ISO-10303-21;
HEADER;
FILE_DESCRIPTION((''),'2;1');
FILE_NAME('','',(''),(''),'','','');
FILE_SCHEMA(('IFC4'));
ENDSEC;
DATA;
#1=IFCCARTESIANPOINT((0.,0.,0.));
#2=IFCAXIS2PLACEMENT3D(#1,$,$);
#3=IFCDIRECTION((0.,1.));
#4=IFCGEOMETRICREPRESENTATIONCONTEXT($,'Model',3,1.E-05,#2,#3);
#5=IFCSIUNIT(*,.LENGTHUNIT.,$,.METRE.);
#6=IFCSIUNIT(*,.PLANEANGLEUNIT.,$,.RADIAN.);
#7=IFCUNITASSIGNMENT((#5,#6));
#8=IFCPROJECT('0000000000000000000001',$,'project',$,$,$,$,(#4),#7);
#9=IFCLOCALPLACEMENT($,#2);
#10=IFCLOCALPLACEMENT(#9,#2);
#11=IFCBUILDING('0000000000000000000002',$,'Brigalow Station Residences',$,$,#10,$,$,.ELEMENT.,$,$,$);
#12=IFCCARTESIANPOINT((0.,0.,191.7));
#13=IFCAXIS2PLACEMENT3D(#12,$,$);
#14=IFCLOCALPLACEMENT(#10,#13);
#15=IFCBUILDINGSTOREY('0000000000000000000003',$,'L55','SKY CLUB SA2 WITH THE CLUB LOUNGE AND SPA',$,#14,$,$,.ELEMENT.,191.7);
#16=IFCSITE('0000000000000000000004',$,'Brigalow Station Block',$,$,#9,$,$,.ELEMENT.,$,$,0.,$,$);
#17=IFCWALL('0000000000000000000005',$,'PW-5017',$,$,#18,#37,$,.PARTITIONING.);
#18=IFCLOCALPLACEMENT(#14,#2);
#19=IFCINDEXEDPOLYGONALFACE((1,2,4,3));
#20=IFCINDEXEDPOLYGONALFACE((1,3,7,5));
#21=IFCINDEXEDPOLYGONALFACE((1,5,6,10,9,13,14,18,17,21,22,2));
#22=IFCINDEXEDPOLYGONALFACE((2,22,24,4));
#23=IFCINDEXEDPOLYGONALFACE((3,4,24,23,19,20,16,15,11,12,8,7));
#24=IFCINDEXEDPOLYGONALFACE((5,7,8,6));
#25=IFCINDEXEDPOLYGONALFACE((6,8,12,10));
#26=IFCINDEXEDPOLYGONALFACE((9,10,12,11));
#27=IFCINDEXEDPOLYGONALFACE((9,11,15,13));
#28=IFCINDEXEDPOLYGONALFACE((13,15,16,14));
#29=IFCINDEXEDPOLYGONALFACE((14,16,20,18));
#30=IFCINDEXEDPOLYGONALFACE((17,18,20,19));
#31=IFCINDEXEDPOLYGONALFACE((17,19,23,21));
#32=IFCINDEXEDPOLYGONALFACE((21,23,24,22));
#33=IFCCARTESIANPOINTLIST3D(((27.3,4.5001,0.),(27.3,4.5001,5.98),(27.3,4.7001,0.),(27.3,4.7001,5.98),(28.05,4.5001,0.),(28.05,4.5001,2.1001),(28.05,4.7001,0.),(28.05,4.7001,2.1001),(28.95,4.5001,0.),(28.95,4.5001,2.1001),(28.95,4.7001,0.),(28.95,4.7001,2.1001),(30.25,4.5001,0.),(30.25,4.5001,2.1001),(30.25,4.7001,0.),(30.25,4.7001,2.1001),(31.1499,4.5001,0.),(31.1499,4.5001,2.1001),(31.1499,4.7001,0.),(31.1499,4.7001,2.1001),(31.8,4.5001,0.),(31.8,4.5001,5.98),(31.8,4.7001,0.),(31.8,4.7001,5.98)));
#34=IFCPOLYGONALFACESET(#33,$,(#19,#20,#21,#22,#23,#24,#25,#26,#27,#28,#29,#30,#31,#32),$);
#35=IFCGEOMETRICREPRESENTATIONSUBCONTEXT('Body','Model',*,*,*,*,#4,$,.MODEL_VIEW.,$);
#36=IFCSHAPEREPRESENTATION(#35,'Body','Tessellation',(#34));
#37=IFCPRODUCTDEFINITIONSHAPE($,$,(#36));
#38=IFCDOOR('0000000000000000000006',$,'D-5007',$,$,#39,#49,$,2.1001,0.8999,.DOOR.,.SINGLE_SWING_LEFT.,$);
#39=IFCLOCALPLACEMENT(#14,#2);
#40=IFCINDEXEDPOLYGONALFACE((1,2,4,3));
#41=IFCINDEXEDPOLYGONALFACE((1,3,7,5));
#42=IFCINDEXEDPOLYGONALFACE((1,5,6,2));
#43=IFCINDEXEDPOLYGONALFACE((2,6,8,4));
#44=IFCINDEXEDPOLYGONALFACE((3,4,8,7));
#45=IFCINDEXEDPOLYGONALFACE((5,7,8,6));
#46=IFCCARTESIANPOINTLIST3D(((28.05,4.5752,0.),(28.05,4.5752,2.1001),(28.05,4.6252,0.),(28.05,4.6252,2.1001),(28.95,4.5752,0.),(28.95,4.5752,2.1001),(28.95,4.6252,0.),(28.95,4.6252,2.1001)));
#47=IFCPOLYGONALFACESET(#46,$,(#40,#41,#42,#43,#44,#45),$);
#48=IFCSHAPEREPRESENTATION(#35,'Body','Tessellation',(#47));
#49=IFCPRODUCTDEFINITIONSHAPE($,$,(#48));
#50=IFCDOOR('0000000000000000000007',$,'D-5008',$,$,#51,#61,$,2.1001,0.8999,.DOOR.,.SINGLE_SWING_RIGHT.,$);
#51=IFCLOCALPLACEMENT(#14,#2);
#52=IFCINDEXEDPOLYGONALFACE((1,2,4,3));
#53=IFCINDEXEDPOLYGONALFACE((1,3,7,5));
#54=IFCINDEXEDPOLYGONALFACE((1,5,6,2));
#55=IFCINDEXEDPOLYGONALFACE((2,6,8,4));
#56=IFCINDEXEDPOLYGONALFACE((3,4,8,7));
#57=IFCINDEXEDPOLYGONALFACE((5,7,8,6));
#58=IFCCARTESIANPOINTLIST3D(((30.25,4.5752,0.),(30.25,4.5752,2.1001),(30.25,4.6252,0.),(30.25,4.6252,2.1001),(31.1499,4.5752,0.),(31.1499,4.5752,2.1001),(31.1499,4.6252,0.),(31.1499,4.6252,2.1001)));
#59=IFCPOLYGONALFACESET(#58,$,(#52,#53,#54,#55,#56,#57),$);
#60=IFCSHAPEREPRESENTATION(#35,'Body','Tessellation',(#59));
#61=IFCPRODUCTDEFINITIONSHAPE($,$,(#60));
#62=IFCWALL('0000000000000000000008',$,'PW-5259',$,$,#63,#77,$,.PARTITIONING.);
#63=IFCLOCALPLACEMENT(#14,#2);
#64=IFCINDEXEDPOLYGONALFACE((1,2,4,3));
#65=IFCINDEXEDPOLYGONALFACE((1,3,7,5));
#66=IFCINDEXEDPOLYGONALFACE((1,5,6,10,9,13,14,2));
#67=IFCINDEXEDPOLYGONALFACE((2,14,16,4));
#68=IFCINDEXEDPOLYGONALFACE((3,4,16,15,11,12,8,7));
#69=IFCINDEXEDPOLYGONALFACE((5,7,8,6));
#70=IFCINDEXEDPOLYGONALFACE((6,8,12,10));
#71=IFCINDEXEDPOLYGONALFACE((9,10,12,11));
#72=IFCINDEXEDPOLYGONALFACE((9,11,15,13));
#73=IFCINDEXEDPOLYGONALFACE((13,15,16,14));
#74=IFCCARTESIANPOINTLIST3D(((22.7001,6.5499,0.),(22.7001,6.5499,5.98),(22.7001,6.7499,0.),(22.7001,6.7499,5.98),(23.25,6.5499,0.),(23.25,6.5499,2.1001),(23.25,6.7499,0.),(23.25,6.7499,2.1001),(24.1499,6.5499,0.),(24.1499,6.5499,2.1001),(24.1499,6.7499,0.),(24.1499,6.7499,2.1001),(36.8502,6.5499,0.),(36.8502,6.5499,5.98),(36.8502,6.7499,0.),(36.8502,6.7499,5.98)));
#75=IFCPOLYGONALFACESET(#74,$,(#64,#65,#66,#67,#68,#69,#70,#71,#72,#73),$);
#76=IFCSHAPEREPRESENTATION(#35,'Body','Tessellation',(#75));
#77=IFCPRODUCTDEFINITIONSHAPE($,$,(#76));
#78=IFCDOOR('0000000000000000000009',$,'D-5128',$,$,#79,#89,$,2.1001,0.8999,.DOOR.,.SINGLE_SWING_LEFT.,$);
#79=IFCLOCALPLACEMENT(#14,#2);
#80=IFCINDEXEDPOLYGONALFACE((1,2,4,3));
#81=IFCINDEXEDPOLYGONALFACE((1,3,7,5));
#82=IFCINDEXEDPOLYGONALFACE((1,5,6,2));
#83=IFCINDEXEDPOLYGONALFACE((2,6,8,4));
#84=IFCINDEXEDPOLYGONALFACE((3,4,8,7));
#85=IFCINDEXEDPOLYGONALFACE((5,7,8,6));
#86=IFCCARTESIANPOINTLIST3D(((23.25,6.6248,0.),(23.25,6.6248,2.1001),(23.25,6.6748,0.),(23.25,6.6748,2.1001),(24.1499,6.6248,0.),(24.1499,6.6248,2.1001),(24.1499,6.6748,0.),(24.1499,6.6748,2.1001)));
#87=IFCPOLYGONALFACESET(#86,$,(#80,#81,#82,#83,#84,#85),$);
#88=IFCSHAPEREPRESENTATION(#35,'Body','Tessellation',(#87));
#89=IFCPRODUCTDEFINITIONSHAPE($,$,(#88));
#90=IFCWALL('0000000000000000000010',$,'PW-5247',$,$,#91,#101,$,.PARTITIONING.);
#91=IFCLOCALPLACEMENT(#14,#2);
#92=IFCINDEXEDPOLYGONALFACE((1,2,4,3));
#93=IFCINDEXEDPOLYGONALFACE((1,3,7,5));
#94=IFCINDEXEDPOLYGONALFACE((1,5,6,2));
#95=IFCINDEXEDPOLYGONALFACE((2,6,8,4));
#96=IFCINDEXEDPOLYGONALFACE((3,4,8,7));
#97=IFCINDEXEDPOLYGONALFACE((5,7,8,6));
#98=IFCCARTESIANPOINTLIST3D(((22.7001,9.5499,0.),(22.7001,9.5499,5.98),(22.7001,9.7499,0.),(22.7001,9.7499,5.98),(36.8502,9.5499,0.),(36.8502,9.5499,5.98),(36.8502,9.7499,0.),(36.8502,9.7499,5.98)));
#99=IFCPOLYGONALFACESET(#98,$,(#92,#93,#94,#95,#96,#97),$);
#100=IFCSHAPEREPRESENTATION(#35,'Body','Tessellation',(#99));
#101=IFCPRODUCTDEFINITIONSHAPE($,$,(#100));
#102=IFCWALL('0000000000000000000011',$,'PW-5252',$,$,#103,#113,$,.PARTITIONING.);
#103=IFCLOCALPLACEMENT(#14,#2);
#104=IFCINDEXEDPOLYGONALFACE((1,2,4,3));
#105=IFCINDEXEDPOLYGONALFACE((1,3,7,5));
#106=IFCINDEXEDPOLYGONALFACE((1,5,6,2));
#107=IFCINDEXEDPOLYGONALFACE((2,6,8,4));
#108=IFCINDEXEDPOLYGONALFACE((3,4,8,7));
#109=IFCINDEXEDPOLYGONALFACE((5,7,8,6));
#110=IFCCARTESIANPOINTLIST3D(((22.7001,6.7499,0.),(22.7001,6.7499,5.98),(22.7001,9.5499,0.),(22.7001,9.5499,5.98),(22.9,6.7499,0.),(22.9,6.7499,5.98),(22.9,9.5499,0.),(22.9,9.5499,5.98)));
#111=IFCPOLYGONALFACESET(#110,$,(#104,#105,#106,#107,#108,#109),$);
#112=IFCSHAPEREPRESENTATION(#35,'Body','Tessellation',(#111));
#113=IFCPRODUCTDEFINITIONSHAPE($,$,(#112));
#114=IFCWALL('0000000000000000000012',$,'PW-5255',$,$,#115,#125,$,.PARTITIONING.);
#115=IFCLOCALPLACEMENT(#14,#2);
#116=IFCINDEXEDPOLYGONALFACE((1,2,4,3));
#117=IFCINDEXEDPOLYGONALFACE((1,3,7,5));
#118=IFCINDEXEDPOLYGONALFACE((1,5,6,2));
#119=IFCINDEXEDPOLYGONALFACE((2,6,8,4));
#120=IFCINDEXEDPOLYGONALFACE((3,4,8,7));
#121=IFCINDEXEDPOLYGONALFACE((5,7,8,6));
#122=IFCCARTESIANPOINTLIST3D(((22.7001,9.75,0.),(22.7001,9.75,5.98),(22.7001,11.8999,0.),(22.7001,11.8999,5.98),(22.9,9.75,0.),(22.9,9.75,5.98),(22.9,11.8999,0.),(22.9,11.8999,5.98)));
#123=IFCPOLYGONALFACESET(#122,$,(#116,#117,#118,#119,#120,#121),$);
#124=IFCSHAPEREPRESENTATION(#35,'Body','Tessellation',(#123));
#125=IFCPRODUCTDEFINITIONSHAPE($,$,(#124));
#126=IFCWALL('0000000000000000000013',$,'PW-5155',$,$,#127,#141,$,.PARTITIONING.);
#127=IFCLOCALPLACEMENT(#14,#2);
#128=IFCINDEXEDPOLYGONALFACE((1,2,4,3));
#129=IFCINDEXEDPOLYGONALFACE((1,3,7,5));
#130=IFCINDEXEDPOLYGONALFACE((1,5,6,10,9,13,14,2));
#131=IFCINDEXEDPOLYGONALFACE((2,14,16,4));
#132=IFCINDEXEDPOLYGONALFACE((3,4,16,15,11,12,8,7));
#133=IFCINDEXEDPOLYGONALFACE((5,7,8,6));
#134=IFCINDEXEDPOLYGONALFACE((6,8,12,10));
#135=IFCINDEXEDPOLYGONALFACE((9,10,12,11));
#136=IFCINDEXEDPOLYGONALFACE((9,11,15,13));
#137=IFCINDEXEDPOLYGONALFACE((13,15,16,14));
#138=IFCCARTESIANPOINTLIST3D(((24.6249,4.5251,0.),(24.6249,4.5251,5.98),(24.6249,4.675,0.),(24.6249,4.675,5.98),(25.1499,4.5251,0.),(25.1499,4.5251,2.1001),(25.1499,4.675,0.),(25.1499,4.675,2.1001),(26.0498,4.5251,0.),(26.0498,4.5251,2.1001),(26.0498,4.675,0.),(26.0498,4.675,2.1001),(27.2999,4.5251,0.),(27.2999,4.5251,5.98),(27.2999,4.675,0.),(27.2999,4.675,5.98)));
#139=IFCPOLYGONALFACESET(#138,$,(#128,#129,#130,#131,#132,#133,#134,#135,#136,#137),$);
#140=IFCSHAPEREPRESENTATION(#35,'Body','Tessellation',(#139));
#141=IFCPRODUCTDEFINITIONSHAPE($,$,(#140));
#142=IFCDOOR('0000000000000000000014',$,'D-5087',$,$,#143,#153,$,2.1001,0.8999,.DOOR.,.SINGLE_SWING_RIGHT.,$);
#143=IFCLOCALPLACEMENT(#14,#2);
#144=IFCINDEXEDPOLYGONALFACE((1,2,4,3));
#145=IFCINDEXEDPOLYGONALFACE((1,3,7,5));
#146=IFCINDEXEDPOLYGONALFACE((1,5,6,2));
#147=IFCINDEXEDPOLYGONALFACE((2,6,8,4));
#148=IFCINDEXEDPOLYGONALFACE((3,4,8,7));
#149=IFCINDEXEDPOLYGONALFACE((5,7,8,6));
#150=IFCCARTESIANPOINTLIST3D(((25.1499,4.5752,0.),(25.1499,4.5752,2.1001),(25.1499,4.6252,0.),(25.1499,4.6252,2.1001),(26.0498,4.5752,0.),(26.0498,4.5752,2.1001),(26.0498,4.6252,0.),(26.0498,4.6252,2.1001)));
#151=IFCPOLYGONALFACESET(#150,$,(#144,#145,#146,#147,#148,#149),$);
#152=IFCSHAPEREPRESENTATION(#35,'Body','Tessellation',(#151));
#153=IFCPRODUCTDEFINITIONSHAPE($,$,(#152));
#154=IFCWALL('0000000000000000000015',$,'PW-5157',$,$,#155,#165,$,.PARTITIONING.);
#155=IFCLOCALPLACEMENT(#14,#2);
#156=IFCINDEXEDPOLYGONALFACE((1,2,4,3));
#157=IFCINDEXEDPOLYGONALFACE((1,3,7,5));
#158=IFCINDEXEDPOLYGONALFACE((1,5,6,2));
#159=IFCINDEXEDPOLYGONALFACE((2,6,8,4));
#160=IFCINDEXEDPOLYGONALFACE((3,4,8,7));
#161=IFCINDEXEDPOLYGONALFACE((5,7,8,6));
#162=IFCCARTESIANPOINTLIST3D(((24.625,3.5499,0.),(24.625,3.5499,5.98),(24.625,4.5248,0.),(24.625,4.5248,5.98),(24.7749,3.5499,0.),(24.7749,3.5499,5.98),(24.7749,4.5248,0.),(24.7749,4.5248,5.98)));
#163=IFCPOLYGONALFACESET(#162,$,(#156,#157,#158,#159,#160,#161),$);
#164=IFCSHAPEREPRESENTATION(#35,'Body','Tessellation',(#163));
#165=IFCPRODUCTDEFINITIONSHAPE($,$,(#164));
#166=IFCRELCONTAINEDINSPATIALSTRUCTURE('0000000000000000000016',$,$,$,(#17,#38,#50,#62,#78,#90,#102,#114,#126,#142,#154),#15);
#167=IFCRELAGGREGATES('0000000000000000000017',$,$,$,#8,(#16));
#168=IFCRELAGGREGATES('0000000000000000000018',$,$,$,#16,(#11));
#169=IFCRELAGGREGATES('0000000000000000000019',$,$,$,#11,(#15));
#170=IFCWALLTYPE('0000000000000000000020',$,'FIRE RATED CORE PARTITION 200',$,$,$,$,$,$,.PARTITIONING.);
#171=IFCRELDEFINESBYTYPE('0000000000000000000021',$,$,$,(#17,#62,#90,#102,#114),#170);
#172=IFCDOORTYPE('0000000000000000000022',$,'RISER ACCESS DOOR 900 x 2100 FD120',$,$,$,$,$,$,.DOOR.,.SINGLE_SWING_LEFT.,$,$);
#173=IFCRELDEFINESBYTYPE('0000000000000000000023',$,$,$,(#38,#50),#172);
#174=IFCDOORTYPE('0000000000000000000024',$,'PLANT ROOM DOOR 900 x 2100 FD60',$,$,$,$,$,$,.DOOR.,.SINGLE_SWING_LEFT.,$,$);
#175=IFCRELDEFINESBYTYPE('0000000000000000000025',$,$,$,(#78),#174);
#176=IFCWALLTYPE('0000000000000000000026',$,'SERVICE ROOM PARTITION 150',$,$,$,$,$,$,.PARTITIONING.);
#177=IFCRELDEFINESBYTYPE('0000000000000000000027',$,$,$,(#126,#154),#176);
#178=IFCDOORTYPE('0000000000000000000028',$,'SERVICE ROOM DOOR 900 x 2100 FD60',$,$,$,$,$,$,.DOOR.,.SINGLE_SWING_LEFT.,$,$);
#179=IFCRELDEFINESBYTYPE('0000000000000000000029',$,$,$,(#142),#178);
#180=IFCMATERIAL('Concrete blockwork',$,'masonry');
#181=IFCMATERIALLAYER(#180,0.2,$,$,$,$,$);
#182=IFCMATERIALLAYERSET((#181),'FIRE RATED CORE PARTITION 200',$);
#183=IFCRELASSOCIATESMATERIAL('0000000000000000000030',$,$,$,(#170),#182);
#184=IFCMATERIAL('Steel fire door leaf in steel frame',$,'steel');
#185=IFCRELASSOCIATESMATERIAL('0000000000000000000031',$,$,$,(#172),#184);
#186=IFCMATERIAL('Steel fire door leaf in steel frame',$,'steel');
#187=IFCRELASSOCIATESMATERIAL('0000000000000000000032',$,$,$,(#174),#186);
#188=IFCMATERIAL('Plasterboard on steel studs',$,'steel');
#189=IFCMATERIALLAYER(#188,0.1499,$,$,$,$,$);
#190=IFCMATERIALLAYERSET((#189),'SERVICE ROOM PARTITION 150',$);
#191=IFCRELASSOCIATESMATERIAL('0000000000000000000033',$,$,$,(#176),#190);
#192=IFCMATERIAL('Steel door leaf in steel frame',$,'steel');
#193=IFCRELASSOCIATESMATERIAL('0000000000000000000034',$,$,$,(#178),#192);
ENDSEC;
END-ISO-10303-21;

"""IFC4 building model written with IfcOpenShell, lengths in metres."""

from ifc_helpers import new_model, si_unit, direction, frame, frame_2d, origin, place, context, subcontext, project, spatial, rectangle, extrude, material, layer, layer_set, type_object, element, fill, save


model = new_model("IFC4")

# Units and contexts
model_context = context("Model", 3, precision=1e-05, world=origin(), true_north=direction((0.0, 1.0)))
body_context = subcontext(model_context, "Body", "Model", "MODEL_VIEW")
ifc_project = project(units=[si_unit("LENGTHUNIT", "METRE"), si_unit("PLANEANGLEUNIT", "RADIAN")], contexts=[model_context])

# Site, building, storey
site_placement = place(None, origin())
site = spatial("IfcSite", under=ifc_project, at=site_placement, Name="Brigalow Station Block", CompositionType="ELEMENT", RefElevation=0.0)
building_placement = place(site_placement, origin())
building = spatial("IfcBuilding", under=site, at=building_placement, Name="Brigalow Station Residences", CompositionType="ELEMENT")
storey_placement = place(building_placement, frame((0.0, 0.0, 191.7)))
storey = spatial("IfcBuildingStorey", under=building, at=storey_placement, Name="L55", Description="SKY CLUB SA2 WITH THE CLUB LOUNGE AND SPA", CompositionType="ELEMENT", Elevation=191.7)

# Wall, openings, doors
ifc_material_1 = material(Name="Concrete blockwork", Category="masonry")
ifc_layer_1 = layer(ifc_material_1, 0.2)
ifc_layer_set_1 = layer_set([ifc_layer_1], Name="FIRE RATED CORE PARTITION 200")
wall_type_1 = type_object("IfcWallType", Name="FIRE RATED CORE PARTITION 200", PredefinedType="PARTITIONING", material=ifc_layer_set_1)
wall_1_placement = place(storey_placement, frame((27.3, 4.6001, 0.0), z_axis=(0.0, 0.0, 1.0), x_axis=(1.0, 0.0, 0.0)))
wall_1 = element("IfcWall", 1, at=wall_1_placement, inside=storey, type_object=wall_type_1, Name="PW-5017", PredefinedType="PARTITIONING", context=body_context, shape_type="SweptSolid", body=[
    extrude(rectangle(XDim=4.5, YDim=0.2, at=frame_2d((2.25, 0.0))), origin(), (0.0, 0.0, 1.0), 5.98),
])
opening_1_placement = place(wall_1_placement, frame((0.75, 0.0, 0.0)))
opening_1 = element("IfcOpeningElement", 2, at=opening_1_placement, cuts=wall_1, PredefinedType="OPENING", context=body_context, shape_type="SweptSolid", body=[
    extrude(rectangle(XDim=0.8999, YDim=2.1001, at=frame_2d((0.45, 1.05))), frame((0.0, 0.1099, 0.0), z_axis=(0.0, -1.0, 0.0), x_axis=(1.0, 0.0, 0.0)), (0.0, 0.0, 1.0), 0.22),
])
opening_2_placement = place(wall_1_placement, frame((2.95, 0.0, 0.0)))
opening_2 = element("IfcOpeningElement", 3, at=opening_2_placement, cuts=wall_1, PredefinedType="OPENING", context=body_context, shape_type="SweptSolid", body=[
    extrude(rectangle(XDim=0.8999, YDim=2.1001, at=frame_2d((0.45, 1.05))), frame((0.0, 0.1099, 0.0), z_axis=(0.0, -1.0, 0.0), x_axis=(1.0, 0.0, 0.0)), (0.0, 0.0, 1.0), 0.22),
])
ifc_material_2 = material(Name="Steel fire door leaf in steel frame", Category="steel")
door_type_1 = type_object("IfcDoorType", Name="RISER ACCESS DOOR 900 x 2100 FD120", OperationType="SINGLE_SWING_LEFT", PredefinedType="DOOR", material=ifc_material_2)
door_1_placement = place(opening_1_placement, frame((0.8999, 0.0, 0.0), z_axis=(0.0, 0.0, 1.0), x_axis=(-1.0, 0.0, 0.0)))
door_1 = element("IfcDoor", 4, at=door_1_placement, inside=storey, type_object=door_type_1, Name="D-5007", OperationType="SINGLE_SWING_LEFT", OverallHeight=2.1001, OverallWidth=0.8999, PredefinedType="DOOR", context=body_context, shape_type="SweptSolid", body=[
    extrude(rectangle(XDim=0.8999, YDim=2.1001, at=frame_2d((0.45, 1.05))), frame((0.0, 0.0249, 0.0), z_axis=(0.0, -1.0, 0.0), x_axis=(1.0, 0.0, 0.0)), (0.0, 0.0, 1.0), 0.05),
])
fill(opening_1, door_1)
door_2_placement = place(opening_2_placement, frame((0.8999, 0.0, 0.0), z_axis=(0.0, 0.0, 1.0), x_axis=(-1.0, 0.0, 0.0)))
door_2 = element("IfcDoor", 5, at=door_2_placement, inside=storey, type_object=door_type_1, Name="D-5008", OperationType="SINGLE_SWING_RIGHT", OverallHeight=2.1001, OverallWidth=0.8999, PredefinedType="DOOR", context=body_context, shape_type="SweptSolid", body=[
    extrude(rectangle(XDim=0.8999, YDim=2.1001, at=frame_2d((0.45, 1.05))), frame((0.0, 0.0249, 0.0), z_axis=(0.0, -1.0, 0.0), x_axis=(1.0, 0.0, 0.0)), (0.0, 0.0, 1.0), 0.05),
])
fill(opening_2, door_2)

# Wall, opening, door
wall_2_placement = place(storey_placement, frame((22.7, 6.6499, 0.0), z_axis=(0.0, 0.0, 1.0), x_axis=(1.0, 0.0, 0.0)))
wall_2 = element("IfcWall", 6, at=wall_2_placement, inside=storey, type_object=wall_type_1, Name="PW-5259", PredefinedType="PARTITIONING", context=body_context, shape_type="SweptSolid", body=[
    extrude(rectangle(XDim=14.1501, YDim=0.2, at=frame_2d((7.0752, 0.0))), origin(), (0.0, 0.0, 1.0), 5.98),
])
opening_3_placement = place(wall_2_placement, frame((0.55, 0.0, 0.0)))
opening_3 = element("IfcOpeningElement", 7, at=opening_3_placement, cuts=wall_2, PredefinedType="OPENING", context=body_context, shape_type="SweptSolid", body=[
    extrude(rectangle(XDim=0.8999, YDim=2.1001, at=frame_2d((0.45, 1.05))), frame((0.0, 0.1099, 0.0), z_axis=(0.0, -1.0, 0.0), x_axis=(1.0, 0.0, 0.0)), (0.0, 0.0, 1.0), 0.22),
])
ifc_material_3 = material(Name="Steel fire door leaf in steel frame", Category="steel")
door_type_2 = type_object("IfcDoorType", Name="PLANT ROOM DOOR 900 x 2100 FD60", OperationType="SINGLE_SWING_LEFT", PredefinedType="DOOR", material=ifc_material_3)
door_3_placement = place(opening_3_placement, origin())
door_3 = element("IfcDoor", 8, at=door_3_placement, inside=storey, type_object=door_type_2, Name="D-5128", OperationType="SINGLE_SWING_LEFT", OverallHeight=2.1001, OverallWidth=0.8999, PredefinedType="DOOR", context=body_context, shape_type="SweptSolid", body=[
    extrude(rectangle(XDim=0.8999, YDim=2.1001, at=frame_2d((0.45, 1.05))), frame((0.0, 0.0249, 0.0), z_axis=(0.0, -1.0, 0.0), x_axis=(1.0, 0.0, 0.0)), (0.0, 0.0, 1.0), 0.05),
])
fill(opening_3, door_3)

# Walls
wall_3_placement = place(storey_placement, frame((22.7, 9.6499, 0.0), z_axis=(0.0, 0.0, 1.0), x_axis=(1.0, 0.0, 0.0)))
element("IfcWall", 9, at=wall_3_placement, inside=storey, type_object=wall_type_1, Name="PW-5247", PredefinedType="PARTITIONING", context=body_context, shape_type="SweptSolid", body=[
    extrude(rectangle(XDim=14.1501, YDim=0.2, at=frame_2d((7.0752, 0.0))), origin(), (0.0, 0.0, 1.0), 5.98),
])
wall_4_placement = place(storey_placement, frame((22.8, 6.75, 0.0), z_axis=(0.0, 0.0, 1.0), x_axis=(0.0, 1.0, 0.0)))
element("IfcWall", 10, at=wall_4_placement, inside=storey, type_object=wall_type_1, Name="PW-5252", PredefinedType="PARTITIONING", context=body_context, shape_type="SweptSolid", body=[
    extrude(rectangle(XDim=2.8, YDim=0.2, at=frame_2d((1.3999, 0.0))), origin(), (0.0, 0.0, 1.0), 5.98),
])
wall_5_placement = place(storey_placement, frame((22.8, 9.75, 0.0), z_axis=(0.0, 0.0, 1.0), x_axis=(0.0, 1.0, 0.0)))
element("IfcWall", 11, at=wall_5_placement, inside=storey, type_object=wall_type_1, Name="PW-5255", PredefinedType="PARTITIONING", context=body_context, shape_type="SweptSolid", body=[
    extrude(rectangle(XDim=2.1499, YDim=0.2, at=frame_2d((1.075, 0.0))), origin(), (0.0, 0.0, 1.0), 5.98),
])

# Wall, opening, door
ifc_material_4 = material(Name="Plasterboard on steel studs", Category="steel")
ifc_layer_2 = layer(ifc_material_4, 0.1499)
ifc_layer_set_2 = layer_set([ifc_layer_2], Name="SERVICE ROOM PARTITION 150")
wall_type_2 = type_object("IfcWallType", Name="SERVICE ROOM PARTITION 150", PredefinedType="PARTITIONING", material=ifc_layer_set_2)
wall_6_placement = place(storey_placement, frame((24.625, 4.6001, 0.0), z_axis=(0.0, 0.0, 1.0), x_axis=(1.0, 0.0, 0.0)))
wall_6 = element("IfcWall", 12, at=wall_6_placement, inside=storey, type_object=wall_type_2, Name="PW-5155", PredefinedType="PARTITIONING", context=body_context, shape_type="SweptSolid", body=[
    extrude(rectangle(XDim=2.675, YDim=0.1499, at=frame_2d((1.3374, 0.0))), origin(), (0.0, 0.0, 1.0), 5.98),
])
opening_4_placement = place(wall_6_placement, frame((0.5249, 0.0, 0.0)))
opening_4 = element("IfcOpeningElement", 13, at=opening_4_placement, cuts=wall_6, PredefinedType="OPENING", context=body_context, shape_type="SweptSolid", body=[
    extrude(rectangle(XDim=0.8999, YDim=2.1001, at=frame_2d((0.45, 1.05))), frame((0.0, 0.085, 0.0), z_axis=(0.0, -1.0, 0.0), x_axis=(1.0, 0.0, 0.0)), (0.0, 0.0, 1.0), 0.1699),
])
ifc_material_5 = material(Name="Steel door leaf in steel frame", Category="steel")
door_type_3 = type_object("IfcDoorType", Name="SERVICE ROOM DOOR 900 x 2100 FD60", OperationType="SINGLE_SWING_LEFT", PredefinedType="DOOR", material=ifc_material_5)
door_4_placement = place(opening_4_placement, frame((0.8999, 0.0, 0.0), z_axis=(0.0, 0.0, 1.0), x_axis=(-1.0, 0.0, 0.0)))
door_4 = element("IfcDoor", 14, at=door_4_placement, inside=storey, type_object=door_type_3, Name="D-5087", OperationType="SINGLE_SWING_RIGHT", OverallHeight=2.1001, OverallWidth=0.8999, PredefinedType="DOOR", context=body_context, shape_type="SweptSolid", body=[
    extrude(rectangle(XDim=0.8999, YDim=2.1001, at=frame_2d((0.45, 1.05))), frame((0.0, 0.0249, 0.0), z_axis=(0.0, -1.0, 0.0), x_axis=(1.0, 0.0, 0.0)), (0.0, 0.0, 1.0), 0.05),
])
fill(opening_4, door_4)

# Wall
wall_7_placement = place(storey_placement, frame((24.7, 3.55, 0.0), z_axis=(0.0, 0.0, 1.0), x_axis=(0.0, 1.0, 0.0)))
element("IfcWall", 15, at=wall_7_placement, inside=storey, type_object=wall_type_2, Name="PW-5157", PredefinedType="PARTITIONING", context=body_context, shape_type="SweptSolid", body=[
    extrude(rectangle(XDim=0.9749, YDim=0.1499, at=frame_2d((0.4873, 0.0))), origin(), (0.0, 0.0, 1.0), 5.98),
])

save(model, "model.ifc")
